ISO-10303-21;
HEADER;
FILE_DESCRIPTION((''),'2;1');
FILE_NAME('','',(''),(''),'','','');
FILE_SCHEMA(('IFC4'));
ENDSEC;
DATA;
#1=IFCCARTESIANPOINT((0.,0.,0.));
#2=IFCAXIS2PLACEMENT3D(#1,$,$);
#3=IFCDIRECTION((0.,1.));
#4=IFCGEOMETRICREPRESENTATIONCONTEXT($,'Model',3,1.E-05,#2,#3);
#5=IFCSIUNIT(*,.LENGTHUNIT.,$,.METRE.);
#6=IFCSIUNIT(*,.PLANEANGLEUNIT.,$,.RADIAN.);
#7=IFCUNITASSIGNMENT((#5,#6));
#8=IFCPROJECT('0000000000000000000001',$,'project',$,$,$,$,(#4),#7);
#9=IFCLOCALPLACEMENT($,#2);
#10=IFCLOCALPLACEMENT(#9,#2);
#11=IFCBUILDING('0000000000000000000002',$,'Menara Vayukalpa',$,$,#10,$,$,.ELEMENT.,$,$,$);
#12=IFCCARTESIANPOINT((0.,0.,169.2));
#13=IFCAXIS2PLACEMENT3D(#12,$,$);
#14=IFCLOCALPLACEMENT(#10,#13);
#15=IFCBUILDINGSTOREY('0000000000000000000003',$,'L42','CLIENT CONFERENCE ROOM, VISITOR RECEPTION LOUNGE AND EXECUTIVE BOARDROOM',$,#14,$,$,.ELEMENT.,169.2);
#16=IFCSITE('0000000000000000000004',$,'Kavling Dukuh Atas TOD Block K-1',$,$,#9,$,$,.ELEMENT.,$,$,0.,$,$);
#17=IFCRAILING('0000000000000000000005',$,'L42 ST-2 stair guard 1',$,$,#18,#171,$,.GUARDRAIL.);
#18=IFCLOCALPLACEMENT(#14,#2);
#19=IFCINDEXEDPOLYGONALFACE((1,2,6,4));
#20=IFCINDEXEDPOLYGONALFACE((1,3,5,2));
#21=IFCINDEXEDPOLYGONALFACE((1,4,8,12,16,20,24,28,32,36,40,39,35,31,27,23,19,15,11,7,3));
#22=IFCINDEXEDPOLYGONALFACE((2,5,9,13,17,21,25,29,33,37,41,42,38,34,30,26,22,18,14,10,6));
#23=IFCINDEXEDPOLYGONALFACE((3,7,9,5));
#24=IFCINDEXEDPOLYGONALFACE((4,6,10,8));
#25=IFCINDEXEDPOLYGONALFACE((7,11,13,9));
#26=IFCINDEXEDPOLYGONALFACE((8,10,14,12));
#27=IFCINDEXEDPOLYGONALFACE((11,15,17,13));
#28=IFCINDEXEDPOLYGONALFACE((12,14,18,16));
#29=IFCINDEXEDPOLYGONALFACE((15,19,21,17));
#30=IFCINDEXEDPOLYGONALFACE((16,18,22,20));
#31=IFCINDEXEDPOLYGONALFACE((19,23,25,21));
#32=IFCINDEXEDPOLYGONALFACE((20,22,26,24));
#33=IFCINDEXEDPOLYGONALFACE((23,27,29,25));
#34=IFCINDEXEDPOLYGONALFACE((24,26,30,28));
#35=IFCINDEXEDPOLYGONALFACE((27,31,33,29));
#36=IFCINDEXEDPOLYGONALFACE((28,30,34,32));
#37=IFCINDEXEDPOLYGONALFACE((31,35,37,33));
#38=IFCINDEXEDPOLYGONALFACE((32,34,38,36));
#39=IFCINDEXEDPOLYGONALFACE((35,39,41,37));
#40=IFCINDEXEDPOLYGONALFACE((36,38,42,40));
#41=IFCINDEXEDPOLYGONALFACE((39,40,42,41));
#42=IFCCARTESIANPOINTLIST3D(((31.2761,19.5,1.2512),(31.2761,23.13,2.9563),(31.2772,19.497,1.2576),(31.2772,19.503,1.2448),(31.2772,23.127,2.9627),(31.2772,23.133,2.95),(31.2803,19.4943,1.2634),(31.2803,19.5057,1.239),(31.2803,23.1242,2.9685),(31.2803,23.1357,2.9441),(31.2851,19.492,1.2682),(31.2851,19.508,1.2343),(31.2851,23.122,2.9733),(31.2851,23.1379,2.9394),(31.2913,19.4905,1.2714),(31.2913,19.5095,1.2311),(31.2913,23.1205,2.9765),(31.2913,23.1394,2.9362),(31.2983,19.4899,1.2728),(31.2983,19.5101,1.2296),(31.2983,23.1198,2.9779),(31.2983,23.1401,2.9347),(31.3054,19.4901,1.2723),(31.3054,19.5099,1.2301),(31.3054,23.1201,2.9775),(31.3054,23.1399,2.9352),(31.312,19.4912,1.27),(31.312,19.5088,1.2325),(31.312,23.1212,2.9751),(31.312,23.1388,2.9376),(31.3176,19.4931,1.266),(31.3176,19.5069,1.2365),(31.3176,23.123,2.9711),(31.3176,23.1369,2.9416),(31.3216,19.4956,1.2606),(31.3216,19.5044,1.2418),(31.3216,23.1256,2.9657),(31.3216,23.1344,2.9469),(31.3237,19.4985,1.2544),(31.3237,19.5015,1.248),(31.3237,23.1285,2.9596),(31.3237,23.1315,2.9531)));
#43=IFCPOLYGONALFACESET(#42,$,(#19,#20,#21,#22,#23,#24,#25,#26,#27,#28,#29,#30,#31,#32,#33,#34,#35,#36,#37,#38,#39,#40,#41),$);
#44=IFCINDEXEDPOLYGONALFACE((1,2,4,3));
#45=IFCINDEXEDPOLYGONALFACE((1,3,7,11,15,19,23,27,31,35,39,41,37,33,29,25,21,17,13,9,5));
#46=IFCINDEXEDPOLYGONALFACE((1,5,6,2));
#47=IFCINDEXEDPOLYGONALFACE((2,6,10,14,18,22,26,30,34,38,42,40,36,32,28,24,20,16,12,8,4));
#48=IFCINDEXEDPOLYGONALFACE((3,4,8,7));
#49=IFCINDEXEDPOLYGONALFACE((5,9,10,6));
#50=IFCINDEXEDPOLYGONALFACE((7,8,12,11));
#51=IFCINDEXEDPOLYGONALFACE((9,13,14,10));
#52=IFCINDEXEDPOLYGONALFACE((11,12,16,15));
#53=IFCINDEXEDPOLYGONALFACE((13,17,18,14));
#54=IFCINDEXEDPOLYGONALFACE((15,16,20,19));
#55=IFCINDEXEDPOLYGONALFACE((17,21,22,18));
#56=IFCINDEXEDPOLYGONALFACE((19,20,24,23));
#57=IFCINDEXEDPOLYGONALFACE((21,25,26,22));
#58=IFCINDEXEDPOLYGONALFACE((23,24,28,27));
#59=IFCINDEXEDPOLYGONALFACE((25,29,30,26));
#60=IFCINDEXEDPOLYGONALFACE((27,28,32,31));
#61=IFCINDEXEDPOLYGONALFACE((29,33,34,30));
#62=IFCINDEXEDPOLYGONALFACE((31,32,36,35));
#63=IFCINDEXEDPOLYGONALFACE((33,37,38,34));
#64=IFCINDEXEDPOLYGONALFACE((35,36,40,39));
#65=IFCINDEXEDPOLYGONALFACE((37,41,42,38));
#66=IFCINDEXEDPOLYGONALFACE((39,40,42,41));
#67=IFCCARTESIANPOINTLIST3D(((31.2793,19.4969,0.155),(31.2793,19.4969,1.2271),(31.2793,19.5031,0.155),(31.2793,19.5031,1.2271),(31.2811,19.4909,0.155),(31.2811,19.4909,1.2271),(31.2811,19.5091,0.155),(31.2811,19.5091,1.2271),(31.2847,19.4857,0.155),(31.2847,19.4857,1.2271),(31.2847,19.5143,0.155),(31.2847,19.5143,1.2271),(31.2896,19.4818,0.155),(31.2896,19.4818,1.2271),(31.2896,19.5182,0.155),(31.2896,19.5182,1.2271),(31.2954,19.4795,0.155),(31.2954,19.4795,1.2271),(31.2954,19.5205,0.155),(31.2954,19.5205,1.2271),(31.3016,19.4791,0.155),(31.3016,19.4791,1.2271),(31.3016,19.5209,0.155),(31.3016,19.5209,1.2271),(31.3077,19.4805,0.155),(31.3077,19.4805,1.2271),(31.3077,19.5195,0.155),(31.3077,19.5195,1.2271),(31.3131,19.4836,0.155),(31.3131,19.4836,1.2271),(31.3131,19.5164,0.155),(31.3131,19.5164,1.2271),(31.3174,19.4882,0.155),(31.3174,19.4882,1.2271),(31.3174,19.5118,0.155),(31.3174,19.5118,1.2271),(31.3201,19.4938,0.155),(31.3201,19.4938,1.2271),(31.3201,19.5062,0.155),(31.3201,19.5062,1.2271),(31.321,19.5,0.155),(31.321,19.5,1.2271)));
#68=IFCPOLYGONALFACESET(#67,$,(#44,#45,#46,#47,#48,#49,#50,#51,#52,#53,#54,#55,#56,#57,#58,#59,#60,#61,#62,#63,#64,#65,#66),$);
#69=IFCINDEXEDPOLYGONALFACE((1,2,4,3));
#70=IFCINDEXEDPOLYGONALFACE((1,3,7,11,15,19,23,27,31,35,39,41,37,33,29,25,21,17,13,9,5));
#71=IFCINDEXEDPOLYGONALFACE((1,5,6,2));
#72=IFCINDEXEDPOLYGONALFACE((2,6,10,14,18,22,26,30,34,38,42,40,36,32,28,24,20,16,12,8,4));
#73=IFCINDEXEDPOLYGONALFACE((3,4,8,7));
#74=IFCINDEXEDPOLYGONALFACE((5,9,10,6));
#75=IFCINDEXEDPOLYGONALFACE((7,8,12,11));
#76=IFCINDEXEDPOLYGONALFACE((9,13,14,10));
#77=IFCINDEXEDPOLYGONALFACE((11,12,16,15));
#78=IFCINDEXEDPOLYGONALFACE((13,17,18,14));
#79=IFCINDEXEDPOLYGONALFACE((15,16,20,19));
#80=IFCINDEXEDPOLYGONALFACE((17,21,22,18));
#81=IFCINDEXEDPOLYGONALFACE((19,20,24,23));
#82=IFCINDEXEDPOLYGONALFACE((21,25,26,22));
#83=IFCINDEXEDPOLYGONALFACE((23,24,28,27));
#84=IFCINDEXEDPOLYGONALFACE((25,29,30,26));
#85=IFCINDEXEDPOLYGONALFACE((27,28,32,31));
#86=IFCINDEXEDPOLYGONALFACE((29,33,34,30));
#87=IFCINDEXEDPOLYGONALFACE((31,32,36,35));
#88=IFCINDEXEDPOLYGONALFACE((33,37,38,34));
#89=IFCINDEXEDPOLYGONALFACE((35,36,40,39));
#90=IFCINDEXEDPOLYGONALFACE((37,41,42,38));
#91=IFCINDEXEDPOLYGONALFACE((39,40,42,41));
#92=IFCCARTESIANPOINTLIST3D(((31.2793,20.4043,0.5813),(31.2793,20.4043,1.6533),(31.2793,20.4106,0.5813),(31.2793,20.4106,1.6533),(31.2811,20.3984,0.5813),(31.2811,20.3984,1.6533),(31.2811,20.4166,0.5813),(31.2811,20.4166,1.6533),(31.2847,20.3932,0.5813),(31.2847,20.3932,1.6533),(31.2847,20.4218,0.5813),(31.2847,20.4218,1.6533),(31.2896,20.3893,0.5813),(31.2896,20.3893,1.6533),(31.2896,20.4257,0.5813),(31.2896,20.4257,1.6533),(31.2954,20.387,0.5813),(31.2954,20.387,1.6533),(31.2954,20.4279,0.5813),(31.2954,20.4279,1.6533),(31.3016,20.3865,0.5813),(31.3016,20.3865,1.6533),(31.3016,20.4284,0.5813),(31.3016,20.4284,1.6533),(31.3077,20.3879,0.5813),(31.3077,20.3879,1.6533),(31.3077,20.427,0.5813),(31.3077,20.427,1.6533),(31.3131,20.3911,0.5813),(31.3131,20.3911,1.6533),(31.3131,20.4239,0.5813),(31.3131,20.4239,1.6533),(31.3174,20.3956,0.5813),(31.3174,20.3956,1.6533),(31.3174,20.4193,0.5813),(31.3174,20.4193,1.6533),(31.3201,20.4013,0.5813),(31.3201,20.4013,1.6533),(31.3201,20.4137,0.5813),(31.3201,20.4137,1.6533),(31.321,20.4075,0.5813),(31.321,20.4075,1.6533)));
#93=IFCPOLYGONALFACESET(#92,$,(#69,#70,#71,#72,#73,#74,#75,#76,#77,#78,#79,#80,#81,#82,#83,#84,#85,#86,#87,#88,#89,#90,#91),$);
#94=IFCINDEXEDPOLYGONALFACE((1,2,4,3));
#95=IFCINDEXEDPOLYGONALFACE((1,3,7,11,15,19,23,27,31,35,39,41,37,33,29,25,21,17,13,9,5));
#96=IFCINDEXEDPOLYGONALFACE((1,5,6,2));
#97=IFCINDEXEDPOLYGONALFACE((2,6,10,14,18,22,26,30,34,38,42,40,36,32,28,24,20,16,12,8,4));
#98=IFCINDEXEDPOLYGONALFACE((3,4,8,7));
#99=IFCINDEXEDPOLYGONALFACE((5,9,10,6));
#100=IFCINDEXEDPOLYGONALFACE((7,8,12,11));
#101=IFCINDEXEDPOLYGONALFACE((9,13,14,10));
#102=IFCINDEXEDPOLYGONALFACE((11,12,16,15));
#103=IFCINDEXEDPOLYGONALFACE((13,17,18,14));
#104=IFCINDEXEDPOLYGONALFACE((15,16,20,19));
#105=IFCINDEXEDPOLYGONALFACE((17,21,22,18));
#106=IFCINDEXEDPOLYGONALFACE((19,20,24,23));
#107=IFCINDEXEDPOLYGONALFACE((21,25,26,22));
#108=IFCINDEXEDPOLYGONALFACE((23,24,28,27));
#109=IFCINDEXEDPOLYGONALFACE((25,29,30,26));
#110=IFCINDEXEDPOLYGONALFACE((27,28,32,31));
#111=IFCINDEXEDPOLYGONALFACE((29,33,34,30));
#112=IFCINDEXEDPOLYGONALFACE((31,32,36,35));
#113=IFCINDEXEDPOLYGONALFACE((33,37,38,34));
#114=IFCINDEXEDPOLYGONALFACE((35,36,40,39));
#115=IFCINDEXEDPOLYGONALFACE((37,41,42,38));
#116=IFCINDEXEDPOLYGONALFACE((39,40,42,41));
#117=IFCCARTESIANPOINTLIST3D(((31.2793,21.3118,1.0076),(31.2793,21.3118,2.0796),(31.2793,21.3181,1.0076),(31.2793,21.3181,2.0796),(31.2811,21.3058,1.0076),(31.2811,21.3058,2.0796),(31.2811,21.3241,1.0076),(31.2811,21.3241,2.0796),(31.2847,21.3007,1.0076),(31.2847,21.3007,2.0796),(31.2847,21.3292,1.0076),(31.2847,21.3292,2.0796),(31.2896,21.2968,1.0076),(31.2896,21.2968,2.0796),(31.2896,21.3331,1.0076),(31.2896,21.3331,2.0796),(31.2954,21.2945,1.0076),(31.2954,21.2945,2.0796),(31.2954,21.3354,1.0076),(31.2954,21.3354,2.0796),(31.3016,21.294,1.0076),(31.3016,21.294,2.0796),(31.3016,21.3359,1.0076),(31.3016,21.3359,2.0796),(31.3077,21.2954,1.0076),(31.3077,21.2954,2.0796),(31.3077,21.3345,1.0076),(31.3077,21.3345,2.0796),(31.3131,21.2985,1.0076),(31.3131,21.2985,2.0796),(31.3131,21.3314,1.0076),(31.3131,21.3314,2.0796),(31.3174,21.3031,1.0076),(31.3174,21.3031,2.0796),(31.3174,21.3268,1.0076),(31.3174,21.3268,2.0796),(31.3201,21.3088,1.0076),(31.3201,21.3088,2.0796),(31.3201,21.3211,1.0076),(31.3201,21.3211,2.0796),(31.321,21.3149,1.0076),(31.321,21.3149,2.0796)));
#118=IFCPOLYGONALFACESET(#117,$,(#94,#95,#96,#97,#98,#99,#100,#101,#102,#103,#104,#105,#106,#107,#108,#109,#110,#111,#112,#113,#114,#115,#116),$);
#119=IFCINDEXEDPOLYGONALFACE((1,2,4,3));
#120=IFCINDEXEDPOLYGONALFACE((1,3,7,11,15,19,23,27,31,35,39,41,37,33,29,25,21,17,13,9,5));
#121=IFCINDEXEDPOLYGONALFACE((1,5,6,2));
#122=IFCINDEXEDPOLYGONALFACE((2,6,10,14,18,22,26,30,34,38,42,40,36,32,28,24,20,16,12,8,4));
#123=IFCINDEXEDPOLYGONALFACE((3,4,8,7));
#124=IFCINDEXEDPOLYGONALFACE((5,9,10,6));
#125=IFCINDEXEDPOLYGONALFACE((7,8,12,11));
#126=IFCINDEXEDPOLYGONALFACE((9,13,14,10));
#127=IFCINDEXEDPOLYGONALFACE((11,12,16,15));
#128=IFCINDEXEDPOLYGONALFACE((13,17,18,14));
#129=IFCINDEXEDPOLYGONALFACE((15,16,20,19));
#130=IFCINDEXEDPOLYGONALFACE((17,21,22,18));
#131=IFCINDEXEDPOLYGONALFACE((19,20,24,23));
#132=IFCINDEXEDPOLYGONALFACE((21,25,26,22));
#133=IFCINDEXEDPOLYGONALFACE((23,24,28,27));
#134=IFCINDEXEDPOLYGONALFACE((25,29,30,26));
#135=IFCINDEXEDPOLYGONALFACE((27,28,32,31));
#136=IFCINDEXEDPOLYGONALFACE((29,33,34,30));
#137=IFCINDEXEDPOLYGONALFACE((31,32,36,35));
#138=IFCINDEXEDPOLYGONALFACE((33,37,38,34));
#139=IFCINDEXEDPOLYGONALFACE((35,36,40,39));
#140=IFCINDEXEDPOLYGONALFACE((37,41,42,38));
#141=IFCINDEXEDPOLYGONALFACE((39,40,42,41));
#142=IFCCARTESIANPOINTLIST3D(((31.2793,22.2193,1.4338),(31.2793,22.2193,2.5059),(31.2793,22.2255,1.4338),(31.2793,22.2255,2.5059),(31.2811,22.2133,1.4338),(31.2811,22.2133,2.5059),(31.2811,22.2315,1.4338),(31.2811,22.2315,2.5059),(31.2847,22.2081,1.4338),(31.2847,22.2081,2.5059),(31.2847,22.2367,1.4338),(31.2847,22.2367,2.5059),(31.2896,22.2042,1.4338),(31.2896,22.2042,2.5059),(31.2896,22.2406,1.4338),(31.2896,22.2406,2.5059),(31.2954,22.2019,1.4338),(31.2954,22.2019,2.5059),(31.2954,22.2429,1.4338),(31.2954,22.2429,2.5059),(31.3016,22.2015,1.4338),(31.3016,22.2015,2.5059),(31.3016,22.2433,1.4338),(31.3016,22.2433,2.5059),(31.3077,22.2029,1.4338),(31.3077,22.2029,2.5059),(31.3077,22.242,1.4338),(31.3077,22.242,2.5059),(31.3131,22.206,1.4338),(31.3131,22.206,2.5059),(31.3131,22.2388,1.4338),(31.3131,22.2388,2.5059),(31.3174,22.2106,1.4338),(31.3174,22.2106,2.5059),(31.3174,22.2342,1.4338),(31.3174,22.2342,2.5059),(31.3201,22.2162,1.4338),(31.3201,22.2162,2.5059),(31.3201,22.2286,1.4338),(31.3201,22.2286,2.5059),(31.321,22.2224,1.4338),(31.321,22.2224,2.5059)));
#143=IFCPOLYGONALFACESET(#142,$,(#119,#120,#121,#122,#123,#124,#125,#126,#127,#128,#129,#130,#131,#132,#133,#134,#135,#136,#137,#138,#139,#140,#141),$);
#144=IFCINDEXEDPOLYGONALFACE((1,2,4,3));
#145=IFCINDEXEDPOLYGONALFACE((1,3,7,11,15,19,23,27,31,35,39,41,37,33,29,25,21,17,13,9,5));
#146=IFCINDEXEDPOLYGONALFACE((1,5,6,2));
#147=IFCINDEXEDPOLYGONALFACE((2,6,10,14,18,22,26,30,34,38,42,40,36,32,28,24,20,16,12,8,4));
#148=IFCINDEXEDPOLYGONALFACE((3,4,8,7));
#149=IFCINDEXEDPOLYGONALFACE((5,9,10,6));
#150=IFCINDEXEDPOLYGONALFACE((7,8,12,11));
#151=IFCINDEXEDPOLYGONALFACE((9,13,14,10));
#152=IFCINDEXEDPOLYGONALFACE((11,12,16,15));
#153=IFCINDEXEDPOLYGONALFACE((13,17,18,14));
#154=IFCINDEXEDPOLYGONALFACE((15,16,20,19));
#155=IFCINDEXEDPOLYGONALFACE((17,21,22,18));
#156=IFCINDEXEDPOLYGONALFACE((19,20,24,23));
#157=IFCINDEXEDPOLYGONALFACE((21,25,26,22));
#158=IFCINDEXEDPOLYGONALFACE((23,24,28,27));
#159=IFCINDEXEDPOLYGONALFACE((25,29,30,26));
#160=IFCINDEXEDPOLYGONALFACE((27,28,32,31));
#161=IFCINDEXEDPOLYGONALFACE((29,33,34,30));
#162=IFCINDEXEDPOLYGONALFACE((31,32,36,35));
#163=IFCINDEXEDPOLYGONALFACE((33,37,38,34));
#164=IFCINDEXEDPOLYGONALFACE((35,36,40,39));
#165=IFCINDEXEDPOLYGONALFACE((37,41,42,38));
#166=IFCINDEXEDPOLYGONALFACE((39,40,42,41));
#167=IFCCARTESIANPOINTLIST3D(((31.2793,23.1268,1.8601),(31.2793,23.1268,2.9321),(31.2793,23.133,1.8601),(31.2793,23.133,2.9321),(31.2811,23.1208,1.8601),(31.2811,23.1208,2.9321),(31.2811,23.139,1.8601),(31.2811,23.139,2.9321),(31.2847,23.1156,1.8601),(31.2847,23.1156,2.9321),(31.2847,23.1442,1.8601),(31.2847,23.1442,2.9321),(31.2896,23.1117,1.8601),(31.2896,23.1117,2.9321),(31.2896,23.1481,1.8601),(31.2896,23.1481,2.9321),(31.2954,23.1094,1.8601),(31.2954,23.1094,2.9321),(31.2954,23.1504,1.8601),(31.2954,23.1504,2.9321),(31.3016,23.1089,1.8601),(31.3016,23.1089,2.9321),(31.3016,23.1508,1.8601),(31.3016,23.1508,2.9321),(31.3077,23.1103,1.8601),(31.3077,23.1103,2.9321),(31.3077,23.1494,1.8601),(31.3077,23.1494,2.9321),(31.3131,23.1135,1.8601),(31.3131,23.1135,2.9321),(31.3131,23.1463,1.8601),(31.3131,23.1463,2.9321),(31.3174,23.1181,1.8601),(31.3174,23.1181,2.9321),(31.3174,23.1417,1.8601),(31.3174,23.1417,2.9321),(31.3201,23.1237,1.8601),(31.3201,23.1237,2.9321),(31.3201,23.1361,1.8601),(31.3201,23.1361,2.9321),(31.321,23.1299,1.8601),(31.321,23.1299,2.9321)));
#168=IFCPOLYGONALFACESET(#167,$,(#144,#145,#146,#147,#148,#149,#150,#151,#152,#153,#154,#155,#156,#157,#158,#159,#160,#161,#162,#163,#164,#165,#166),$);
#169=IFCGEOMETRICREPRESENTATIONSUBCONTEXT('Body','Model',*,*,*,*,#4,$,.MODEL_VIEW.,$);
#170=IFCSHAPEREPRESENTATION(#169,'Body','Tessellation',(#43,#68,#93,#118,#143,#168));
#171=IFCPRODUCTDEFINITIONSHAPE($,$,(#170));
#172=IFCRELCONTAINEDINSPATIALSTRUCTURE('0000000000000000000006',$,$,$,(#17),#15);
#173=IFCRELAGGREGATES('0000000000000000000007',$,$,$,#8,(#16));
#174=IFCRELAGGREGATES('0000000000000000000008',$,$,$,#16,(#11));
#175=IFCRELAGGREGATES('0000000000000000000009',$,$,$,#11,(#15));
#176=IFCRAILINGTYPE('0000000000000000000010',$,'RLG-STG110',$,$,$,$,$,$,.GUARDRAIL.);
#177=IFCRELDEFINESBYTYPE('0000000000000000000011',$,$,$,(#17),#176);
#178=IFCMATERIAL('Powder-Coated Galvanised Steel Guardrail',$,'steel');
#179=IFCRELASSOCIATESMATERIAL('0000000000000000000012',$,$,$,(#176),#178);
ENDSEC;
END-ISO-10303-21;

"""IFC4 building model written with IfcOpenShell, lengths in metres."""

from ifc_helpers import new_model, si_unit, direction, frame, origin, origin_2d, place, context, subcontext, project, spatial, circle, extrude, material, type_object, element, save


model = new_model("IFC4")

# Units and contexts
model_context = context("Model", 3, precision=1e-05, world=origin(), true_north=direction((0.0, 1.0)))
body_context = subcontext(model_context, "Body", "Model", "MODEL_VIEW")
ifc_project = project(units=[si_unit("LENGTHUNIT", "METRE"), si_unit("PLANEANGLEUNIT", "RADIAN")], contexts=[model_context])

# Site, building, storey
site_placement = place(None, origin())
site = spatial("IfcSite", under=ifc_project, at=site_placement, Name="Kavling Dukuh Atas TOD Block K-1", CompositionType="ELEMENT", RefElevation=0.0)
building_placement = place(site_placement, origin())
building = spatial("IfcBuilding", under=site, at=building_placement, Name="Menara Vayukalpa", CompositionType="ELEMENT")
storey_placement = place(building_placement, frame((0.0, 0.0, 169.2)))
storey = spatial("IfcBuildingStorey", under=building, at=storey_placement, Name="L42", Description="CLIENT CONFERENCE ROOM, VISITOR RECEPTION LOUNGE AND EXECUTIVE BOARDROOM", CompositionType="ELEMENT", Elevation=169.2)

# Railing
ifc_material_1 = material(Name="Powder-Coated Galvanised Steel Guardrail", Category="steel")
railing_type = type_object("IfcRailingType", Name="RLG-STG110", PredefinedType="GUARDRAIL", material=ifc_material_1)
railing_1_placement = place(storey_placement, frame((31.3, 19.5, 0.155)))
element("IfcRailing", 1, at=railing_1_placement, inside=storey, type_object=railing_type, Name="L42 ST-2 stair guard 1", PredefinedType="GUARDRAIL", context=body_context, shape_type="SweptSolid", body=[
    extrude(circle(Radius=0.0239, at=origin_2d()), frame((0.0, 0.0, 1.0962), z_axis=(0.0, 0.905116, 0.425164), x_axis=(-1.0, 0.0, 0.0)), (0.0, 0.0, 1.0), 4.0105),
    extrude(circle(Radius=0.021, at=origin_2d()), origin(), (0.0, 0.0, 1.0), 1.072),
    extrude(circle(Radius=0.021, at=origin_2d()), frame((0.0, 0.9075, 0.4263)), (0.0, 0.0, 1.0), 1.072),
    extrude(circle(Radius=0.021, at=origin_2d()), frame((0.0, 1.8149, 0.8525)), (0.0, 0.0, 1.0), 1.072),
    extrude(circle(Radius=0.021, at=origin_2d()), frame((0.0, 2.7224, 1.2788)), (0.0, 0.0, 1.0), 1.072),
    extrude(circle(Radius=0.021, at=origin_2d()), frame((0.0, 3.6299, 1.7051)), (0.0, 0.0, 1.0), 1.072),
])

save(model, "model.ifc")
